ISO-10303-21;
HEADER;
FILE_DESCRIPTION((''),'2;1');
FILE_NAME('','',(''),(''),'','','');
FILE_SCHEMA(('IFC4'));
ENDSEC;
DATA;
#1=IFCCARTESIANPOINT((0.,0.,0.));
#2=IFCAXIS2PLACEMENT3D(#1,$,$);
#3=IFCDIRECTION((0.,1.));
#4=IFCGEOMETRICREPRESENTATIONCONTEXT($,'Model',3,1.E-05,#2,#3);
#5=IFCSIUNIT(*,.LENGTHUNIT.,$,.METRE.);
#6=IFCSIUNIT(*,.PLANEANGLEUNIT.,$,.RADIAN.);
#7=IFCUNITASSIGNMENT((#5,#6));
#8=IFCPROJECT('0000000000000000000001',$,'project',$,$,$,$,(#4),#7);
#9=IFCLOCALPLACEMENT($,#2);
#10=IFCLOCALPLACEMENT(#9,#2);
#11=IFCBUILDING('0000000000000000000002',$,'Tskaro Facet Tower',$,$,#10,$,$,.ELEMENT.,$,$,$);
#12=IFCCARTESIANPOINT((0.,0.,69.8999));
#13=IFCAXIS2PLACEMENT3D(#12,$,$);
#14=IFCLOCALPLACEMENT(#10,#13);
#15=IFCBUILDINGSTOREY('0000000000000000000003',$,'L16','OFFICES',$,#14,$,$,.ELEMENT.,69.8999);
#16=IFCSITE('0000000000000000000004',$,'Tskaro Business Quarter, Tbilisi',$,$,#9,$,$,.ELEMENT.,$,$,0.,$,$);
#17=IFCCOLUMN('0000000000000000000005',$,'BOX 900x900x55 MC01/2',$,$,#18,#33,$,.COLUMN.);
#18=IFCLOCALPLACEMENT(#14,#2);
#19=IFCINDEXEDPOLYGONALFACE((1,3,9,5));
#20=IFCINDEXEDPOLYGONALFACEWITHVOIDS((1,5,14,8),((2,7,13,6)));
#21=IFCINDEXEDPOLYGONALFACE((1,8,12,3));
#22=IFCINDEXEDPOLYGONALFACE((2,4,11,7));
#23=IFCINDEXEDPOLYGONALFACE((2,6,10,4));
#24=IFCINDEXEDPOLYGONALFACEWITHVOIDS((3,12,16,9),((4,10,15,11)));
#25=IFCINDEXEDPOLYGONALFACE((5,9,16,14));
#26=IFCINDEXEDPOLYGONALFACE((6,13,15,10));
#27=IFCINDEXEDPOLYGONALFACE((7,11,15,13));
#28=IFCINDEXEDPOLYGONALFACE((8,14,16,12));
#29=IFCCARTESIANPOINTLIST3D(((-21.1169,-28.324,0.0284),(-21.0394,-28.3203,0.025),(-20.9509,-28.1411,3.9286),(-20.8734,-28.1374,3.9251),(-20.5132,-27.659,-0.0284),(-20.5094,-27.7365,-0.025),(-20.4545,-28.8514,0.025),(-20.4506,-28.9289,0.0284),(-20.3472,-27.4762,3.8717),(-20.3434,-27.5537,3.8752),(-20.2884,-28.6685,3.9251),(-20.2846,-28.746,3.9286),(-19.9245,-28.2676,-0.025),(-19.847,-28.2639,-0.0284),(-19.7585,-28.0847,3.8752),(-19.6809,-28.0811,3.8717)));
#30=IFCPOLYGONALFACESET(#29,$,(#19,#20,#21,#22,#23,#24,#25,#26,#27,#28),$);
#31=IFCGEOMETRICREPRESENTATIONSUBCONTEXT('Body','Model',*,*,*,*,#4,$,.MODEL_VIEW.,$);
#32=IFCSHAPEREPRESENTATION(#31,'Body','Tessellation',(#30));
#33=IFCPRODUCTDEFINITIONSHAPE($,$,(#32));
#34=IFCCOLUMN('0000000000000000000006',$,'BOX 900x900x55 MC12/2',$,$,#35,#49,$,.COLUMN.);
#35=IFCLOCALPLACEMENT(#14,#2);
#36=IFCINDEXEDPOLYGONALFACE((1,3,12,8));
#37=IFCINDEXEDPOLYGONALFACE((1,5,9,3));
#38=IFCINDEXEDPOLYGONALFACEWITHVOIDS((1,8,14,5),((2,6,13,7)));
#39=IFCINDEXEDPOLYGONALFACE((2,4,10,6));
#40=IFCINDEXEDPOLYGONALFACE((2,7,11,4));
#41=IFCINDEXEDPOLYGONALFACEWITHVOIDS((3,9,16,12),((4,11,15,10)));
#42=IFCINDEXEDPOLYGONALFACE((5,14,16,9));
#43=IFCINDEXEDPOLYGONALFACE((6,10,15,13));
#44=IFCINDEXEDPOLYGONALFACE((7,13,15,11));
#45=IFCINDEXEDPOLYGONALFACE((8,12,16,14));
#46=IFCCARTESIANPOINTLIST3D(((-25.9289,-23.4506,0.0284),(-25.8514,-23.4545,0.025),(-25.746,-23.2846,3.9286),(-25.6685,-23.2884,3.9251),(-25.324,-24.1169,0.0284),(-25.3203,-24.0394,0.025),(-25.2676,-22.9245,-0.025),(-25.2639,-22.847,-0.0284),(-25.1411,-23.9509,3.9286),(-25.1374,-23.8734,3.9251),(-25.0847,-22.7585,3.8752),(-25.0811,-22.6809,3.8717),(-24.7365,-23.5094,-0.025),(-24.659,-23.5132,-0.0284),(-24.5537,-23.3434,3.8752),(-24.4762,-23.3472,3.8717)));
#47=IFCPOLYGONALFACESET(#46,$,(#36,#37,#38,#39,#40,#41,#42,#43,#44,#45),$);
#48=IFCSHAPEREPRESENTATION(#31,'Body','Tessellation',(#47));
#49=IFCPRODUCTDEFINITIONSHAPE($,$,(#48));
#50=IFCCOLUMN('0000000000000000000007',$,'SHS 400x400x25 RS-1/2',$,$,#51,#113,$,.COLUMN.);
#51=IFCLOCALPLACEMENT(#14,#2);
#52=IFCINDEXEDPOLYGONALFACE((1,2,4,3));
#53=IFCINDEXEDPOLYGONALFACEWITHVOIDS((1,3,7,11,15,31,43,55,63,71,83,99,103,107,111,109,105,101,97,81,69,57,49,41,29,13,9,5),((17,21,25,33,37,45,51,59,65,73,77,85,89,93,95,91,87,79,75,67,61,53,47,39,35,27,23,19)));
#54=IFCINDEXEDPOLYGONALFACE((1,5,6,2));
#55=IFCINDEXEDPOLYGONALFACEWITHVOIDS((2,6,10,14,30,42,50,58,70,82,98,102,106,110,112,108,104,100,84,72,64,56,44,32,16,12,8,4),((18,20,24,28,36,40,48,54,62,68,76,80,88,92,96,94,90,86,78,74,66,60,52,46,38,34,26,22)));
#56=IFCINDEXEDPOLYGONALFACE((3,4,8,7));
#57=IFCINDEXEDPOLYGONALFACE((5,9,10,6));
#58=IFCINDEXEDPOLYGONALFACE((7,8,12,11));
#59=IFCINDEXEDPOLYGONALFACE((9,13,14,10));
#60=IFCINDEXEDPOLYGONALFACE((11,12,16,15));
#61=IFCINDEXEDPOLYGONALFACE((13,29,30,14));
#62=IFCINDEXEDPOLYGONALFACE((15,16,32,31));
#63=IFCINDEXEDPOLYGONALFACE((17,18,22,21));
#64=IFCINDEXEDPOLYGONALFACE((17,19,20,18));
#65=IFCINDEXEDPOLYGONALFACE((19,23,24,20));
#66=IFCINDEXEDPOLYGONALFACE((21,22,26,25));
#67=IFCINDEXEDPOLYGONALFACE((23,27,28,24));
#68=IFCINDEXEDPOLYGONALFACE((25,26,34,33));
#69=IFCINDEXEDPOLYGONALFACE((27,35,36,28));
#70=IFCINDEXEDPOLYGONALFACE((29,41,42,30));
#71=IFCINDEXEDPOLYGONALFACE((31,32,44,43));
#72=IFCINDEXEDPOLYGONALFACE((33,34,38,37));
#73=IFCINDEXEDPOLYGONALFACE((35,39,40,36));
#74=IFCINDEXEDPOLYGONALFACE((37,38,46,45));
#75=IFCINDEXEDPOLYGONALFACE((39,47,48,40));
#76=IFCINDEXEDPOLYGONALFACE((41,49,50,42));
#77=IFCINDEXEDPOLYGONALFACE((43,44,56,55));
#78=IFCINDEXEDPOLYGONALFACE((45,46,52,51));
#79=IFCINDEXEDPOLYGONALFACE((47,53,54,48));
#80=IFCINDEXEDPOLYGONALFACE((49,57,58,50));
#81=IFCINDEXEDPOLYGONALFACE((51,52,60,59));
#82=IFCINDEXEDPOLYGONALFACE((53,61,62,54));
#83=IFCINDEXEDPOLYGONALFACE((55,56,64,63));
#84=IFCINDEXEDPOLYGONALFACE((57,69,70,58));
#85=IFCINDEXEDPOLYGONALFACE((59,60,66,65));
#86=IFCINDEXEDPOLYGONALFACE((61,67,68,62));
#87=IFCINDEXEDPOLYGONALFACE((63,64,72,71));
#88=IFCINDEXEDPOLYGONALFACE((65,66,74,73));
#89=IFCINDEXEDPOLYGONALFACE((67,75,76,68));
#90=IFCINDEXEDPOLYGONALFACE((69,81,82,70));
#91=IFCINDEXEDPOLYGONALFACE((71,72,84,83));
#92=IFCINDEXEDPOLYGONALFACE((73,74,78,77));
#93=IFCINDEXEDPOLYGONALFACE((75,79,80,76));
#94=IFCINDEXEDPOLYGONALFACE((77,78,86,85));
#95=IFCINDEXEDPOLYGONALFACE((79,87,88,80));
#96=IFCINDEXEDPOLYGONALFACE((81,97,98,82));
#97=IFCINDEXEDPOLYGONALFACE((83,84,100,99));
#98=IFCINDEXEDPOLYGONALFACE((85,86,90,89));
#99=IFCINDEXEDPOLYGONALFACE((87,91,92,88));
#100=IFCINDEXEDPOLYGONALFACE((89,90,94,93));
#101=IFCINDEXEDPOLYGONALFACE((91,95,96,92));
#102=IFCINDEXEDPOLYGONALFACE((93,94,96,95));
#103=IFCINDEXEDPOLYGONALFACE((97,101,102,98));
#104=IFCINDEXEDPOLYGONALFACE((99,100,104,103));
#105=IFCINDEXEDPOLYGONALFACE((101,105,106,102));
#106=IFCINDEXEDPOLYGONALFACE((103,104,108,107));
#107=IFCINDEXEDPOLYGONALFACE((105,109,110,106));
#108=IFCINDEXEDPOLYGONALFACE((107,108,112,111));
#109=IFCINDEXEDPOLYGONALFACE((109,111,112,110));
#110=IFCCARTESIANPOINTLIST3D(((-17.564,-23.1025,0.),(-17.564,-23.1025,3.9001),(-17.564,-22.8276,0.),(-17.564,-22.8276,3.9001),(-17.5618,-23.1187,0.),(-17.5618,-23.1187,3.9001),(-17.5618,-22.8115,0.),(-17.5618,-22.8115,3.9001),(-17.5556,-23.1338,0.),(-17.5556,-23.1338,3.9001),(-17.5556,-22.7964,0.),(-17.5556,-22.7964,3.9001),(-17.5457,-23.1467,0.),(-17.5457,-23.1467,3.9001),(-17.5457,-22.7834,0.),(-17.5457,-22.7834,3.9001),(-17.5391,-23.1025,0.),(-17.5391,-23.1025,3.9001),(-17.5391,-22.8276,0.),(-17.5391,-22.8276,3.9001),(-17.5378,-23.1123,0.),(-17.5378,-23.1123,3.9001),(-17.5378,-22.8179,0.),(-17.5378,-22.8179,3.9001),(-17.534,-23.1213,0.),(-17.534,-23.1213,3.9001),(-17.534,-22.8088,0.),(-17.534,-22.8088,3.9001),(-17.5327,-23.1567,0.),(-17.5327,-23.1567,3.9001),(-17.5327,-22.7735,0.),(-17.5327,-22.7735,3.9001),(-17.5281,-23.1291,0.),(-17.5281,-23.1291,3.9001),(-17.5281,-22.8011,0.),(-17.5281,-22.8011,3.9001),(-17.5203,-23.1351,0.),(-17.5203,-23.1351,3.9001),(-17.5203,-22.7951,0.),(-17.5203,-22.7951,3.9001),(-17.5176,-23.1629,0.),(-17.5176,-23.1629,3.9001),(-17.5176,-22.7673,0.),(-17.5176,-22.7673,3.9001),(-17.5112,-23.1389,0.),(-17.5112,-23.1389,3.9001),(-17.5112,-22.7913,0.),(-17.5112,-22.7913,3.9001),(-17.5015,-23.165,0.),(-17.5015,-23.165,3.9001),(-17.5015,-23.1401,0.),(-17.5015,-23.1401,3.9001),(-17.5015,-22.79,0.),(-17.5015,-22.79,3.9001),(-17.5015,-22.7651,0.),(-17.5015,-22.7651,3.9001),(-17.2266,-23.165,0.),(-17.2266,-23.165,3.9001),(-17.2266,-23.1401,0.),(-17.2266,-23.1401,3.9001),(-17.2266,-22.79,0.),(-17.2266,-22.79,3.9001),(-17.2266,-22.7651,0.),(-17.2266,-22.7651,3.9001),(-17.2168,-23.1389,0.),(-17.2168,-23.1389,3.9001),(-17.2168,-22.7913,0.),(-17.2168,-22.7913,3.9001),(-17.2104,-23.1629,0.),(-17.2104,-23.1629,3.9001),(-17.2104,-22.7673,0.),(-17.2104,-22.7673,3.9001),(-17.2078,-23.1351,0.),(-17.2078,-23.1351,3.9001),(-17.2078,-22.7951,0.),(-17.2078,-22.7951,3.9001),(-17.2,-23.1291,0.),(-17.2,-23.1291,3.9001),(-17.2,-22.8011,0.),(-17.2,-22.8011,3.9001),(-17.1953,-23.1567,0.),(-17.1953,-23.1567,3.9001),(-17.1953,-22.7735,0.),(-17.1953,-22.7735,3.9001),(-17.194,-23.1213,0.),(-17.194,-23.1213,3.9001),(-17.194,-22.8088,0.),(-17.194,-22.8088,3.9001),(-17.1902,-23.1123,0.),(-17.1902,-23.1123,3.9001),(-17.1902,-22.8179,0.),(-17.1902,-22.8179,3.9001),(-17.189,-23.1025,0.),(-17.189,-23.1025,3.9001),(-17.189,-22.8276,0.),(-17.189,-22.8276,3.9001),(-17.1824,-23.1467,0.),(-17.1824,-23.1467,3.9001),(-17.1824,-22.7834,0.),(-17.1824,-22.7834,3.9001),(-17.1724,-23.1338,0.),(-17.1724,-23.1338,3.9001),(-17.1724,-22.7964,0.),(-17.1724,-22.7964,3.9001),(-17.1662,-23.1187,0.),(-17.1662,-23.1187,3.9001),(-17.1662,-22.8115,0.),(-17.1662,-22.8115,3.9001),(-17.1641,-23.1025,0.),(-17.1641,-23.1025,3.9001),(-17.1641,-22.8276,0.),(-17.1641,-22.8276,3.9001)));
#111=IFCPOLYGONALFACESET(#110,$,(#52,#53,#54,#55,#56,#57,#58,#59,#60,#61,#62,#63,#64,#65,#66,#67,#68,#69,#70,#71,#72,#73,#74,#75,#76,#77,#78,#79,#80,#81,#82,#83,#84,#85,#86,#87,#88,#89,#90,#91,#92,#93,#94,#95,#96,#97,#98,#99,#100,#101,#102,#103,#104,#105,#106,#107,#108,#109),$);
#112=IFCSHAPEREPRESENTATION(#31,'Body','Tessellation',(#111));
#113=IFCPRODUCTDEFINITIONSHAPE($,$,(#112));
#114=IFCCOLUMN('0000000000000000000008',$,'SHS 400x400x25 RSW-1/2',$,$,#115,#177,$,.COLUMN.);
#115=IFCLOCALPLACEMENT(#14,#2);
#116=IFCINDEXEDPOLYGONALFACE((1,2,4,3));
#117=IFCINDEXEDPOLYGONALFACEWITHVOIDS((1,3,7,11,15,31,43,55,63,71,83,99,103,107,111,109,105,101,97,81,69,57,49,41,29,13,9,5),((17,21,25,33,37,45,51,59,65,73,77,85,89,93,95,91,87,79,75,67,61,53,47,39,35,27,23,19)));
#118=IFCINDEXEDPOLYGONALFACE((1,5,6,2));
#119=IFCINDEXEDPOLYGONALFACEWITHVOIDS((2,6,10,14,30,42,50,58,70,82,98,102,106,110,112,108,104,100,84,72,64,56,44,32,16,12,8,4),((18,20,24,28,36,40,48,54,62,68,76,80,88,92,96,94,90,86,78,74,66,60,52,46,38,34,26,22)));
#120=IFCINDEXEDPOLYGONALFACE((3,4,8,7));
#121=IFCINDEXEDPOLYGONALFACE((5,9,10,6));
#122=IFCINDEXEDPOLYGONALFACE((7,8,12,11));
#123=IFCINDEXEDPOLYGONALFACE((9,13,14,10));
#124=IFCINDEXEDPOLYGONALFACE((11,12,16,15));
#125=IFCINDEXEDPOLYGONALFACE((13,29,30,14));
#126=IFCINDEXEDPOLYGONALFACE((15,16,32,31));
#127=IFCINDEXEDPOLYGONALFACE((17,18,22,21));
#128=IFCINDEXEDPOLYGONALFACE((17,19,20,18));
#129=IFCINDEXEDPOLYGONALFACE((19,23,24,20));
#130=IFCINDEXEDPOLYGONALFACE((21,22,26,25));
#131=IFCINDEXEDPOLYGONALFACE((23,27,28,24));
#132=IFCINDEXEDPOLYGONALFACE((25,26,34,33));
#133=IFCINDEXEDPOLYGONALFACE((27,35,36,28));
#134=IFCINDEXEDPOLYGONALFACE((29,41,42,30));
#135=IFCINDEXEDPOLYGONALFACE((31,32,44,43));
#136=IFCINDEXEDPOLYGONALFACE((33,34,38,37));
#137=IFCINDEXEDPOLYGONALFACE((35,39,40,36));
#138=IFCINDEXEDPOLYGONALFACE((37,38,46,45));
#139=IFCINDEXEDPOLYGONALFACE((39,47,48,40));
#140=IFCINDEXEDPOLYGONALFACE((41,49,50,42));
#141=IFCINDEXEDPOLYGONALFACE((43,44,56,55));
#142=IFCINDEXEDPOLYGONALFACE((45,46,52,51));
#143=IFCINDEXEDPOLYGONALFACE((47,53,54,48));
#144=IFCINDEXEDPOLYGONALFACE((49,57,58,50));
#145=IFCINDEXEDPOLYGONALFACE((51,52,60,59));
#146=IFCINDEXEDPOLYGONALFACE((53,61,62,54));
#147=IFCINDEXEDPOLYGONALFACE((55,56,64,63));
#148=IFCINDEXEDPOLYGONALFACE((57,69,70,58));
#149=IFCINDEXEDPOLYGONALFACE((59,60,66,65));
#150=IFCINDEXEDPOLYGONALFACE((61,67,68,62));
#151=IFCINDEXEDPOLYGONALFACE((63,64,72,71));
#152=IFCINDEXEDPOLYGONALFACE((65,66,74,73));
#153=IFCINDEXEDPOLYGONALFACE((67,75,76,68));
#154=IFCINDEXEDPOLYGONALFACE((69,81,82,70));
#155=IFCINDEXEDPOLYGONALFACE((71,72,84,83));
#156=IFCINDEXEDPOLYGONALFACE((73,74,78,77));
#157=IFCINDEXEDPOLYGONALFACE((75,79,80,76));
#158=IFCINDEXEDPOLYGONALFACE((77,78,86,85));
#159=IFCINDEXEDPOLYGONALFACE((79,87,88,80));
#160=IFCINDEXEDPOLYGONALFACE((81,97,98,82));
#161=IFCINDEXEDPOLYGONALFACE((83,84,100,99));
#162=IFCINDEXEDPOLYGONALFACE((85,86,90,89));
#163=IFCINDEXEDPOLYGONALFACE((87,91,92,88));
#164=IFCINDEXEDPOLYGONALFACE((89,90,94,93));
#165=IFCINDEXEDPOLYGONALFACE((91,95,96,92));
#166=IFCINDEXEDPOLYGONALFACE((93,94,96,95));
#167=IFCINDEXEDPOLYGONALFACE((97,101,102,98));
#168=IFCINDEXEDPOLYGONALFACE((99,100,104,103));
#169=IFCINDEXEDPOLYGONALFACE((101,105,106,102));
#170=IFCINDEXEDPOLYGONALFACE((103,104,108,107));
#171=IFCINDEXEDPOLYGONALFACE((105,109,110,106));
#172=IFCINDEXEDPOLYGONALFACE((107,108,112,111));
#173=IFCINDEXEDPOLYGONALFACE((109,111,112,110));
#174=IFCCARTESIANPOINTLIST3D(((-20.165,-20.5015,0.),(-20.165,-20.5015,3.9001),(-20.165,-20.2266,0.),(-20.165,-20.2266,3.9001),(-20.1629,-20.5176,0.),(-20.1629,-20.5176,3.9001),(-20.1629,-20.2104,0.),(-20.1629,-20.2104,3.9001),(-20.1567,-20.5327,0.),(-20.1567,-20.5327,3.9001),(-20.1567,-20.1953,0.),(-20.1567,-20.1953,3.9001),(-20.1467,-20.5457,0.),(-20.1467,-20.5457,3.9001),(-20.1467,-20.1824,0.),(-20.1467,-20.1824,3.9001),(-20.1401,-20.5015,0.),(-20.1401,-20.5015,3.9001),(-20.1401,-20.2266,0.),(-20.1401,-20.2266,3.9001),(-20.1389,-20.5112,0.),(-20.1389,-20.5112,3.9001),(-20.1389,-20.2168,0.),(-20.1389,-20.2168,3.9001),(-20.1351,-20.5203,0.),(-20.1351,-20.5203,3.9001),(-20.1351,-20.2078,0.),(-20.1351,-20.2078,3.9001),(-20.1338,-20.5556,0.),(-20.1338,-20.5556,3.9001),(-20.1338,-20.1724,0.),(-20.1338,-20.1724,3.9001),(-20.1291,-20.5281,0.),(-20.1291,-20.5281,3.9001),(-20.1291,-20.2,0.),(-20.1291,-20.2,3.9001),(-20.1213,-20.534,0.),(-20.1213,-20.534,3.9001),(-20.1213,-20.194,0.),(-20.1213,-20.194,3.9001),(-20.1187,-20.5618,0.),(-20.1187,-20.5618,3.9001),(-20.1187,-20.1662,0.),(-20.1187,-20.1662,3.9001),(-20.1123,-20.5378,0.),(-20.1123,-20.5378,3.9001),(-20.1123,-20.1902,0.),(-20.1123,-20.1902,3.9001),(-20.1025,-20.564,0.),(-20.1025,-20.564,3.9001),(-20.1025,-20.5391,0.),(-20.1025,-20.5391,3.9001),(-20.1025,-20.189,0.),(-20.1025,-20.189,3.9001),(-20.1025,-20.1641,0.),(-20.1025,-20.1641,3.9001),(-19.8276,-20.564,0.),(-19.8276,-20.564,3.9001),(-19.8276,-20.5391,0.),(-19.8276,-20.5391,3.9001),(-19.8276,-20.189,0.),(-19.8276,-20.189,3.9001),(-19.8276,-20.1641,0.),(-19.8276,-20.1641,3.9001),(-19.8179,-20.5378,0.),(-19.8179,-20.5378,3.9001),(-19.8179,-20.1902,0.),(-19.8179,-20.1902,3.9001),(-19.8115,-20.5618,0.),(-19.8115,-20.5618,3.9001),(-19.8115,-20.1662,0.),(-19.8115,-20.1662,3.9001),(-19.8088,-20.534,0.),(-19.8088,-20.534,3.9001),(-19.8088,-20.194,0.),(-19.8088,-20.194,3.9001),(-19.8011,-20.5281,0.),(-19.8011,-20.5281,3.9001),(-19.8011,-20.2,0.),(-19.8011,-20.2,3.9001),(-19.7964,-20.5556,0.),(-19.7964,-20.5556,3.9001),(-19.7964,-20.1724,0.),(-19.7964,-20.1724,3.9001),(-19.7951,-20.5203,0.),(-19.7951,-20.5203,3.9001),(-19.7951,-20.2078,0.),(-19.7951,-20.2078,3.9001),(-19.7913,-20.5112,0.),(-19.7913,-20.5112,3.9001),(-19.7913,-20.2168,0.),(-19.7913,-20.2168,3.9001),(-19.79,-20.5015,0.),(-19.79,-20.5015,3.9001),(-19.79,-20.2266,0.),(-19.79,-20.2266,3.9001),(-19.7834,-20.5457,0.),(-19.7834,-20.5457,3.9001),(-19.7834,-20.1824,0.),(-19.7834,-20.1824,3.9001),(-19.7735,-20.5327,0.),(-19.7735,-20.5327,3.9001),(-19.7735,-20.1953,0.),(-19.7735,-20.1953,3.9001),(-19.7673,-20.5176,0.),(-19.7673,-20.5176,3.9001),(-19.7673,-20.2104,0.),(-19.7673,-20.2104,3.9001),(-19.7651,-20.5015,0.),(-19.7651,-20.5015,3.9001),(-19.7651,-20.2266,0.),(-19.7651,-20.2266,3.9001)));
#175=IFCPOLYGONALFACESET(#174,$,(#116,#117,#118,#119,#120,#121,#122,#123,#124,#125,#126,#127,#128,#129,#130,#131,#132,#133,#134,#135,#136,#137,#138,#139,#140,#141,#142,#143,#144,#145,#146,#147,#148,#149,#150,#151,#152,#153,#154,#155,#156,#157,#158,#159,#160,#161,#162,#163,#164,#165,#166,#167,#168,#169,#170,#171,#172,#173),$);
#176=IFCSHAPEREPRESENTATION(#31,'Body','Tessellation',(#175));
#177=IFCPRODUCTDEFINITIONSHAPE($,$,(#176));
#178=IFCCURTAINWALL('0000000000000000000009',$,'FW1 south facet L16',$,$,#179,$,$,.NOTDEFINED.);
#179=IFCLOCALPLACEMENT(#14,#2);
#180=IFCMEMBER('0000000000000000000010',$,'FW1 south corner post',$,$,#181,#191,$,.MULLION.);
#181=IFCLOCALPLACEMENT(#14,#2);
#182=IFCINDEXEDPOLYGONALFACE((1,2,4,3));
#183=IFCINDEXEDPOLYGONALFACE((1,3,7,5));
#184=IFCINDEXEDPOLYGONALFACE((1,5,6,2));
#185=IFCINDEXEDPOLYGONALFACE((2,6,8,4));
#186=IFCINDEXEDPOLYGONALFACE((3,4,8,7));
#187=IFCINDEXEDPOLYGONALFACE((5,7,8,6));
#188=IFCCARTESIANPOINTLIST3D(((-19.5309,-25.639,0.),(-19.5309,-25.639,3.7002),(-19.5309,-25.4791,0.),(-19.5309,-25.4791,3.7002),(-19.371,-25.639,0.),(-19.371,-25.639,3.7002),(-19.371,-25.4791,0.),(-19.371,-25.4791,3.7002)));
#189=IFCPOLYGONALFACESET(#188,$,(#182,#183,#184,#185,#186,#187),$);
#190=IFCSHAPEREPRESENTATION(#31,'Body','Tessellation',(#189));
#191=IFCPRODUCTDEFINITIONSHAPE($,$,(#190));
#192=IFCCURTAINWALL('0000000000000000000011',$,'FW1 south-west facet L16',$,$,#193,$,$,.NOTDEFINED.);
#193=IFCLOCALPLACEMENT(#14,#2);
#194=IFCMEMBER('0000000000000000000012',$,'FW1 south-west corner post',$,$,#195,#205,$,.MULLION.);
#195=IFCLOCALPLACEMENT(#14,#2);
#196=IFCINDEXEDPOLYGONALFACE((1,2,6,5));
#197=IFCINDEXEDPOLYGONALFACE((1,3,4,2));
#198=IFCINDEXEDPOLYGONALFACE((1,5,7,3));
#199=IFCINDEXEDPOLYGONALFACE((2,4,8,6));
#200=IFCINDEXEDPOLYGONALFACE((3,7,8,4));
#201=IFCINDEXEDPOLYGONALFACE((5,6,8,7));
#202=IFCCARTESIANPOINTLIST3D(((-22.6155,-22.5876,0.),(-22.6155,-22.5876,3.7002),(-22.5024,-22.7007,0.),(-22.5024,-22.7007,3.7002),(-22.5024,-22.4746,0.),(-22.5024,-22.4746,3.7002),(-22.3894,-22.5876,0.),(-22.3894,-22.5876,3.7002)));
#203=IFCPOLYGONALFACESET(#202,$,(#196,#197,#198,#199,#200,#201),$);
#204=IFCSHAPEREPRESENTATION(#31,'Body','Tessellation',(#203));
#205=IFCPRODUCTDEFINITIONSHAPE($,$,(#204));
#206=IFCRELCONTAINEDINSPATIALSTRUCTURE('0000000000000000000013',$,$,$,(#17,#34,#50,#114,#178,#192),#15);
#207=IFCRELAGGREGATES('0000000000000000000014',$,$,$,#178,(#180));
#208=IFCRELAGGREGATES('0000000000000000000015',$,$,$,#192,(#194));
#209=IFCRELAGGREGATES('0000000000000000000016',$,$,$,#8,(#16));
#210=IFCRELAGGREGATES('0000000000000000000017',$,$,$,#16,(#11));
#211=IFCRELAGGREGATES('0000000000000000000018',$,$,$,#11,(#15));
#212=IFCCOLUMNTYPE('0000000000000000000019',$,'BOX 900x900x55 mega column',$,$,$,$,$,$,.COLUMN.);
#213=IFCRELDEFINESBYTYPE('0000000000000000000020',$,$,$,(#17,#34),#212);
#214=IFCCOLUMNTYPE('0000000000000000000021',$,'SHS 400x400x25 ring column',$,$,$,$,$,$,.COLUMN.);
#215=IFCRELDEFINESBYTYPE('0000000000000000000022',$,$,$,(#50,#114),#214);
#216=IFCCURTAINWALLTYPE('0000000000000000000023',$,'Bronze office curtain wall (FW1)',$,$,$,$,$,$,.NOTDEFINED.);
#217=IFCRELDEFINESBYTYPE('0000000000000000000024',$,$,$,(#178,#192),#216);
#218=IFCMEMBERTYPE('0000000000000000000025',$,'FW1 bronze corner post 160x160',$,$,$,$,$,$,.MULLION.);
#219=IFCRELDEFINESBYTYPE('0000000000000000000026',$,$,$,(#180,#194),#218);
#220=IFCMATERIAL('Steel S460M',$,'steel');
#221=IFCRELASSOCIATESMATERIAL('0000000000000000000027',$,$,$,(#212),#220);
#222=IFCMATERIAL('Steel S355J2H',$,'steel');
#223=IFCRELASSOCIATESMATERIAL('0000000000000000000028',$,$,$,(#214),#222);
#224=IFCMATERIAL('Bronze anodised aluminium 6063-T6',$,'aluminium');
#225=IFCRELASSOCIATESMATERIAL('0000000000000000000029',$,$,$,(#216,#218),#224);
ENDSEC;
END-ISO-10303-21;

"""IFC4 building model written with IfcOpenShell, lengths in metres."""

from ifc_helpers import new_model, si_unit, direction, frame, origin, origin_2d, place, context, subcontext, project, spatial, rectangle, hollow_rectangle, extrude, material, material_profile, profile_set, type_object, element, aggregate, save


model = new_model("IFC4")

# Units and contexts
model_context = context("Model", 3, precision=1e-05, world=origin(), true_north=direction((0.0, 1.0)))
body_context = subcontext(model_context, "Body", "Model", "MODEL_VIEW")
ifc_project = project(units=[si_unit("LENGTHUNIT", "METRE"), si_unit("PLANEANGLEUNIT", "RADIAN")], contexts=[model_context])

# Site, building, storey
site_placement = place(None, origin())
site = spatial("IfcSite", under=ifc_project, at=site_placement, Name="Tskaro Business Quarter, Tbilisi", CompositionType="ELEMENT", RefElevation=0.0)
building_placement = place(site_placement, origin())
building = spatial("IfcBuilding", under=site, at=building_placement, Name="Tskaro Facet Tower", CompositionType="ELEMENT")
storey_placement = place(building_placement, frame((0.0, 0.0, 69.8999)))
storey = spatial("IfcBuildingStorey", under=building, at=storey_placement, Name="L16", Description="OFFICES", CompositionType="ELEMENT", Elevation=69.8999)

# Columns
ifc_material_1 = material(Name="Steel S460M", Category="steel")
ifc_material_profile_1 = material_profile(ifc_material_1, hollow_rectangle(XDim=0.8999, YDim=0.8999, WallThickness=0.0549, at=origin_2d()), Name="BOX 900x900x55")
ifc_profile_set_1 = profile_set([ifc_material_profile_1], Name="Steel S460M")
column_type_1 = type_object("IfcColumnType", Name="BOX 900x900x55 mega column", PredefinedType="COLUMN", material=ifc_profile_set_1)
for number, where, z_axis, x_axis, name in (
    (1, (-20.4819, -28.2939, 0.0), (0.042481, 0.046792, 0.998001), (-0.740387, 0.672181, 0.0), "BOX 900x900x55 MC01/2"),
    (2, (-25.2939, -23.4819, 0.0), (0.046792, 0.042481, 0.998001), (-0.672181, 0.740387, 0.0), "BOX 900x900x55 MC12/2"),
):
    element("IfcColumn", number, at=place(storey_placement, frame(where, z_axis=z_axis, x_axis=x_axis)), inside=storey, type_object=column_type_1, Name=name, PredefinedType="COLUMN", context=body_context, shape_type="SweptSolid", body=[
        extrude(hollow_rectangle(XDim=0.8999, YDim=0.8999, WallThickness=0.0549, at=origin_2d()), origin(), (0.0, 0.0, 1.0), 3.908),
    ])
ifc_material_2 = material(Name="Steel S355J2H", Category="steel")
ifc_material_profile_2 = material_profile(ifc_material_2, hollow_rectangle(XDim=0.3999, YDim=0.3999, WallThickness=0.0249, InnerFilletRadius=0.0376, OuterFilletRadius=0.0625, at=origin_2d()), Name="SHS 400x400x25")
ifc_profile_set_2 = profile_set([ifc_material_profile_2], Name="Steel S355J2H")
column_type_2 = type_object("IfcColumnType", Name="SHS 400x400x25 ring column", PredefinedType="COLUMN", material=ifc_profile_set_2)
for number, where, z_axis, x_axis, name in (
    (3, (-17.364, -22.9651, 0.0), (0.0, 0.0, 1.0), (1.0, 0.0, 0.0), "SHS 400x400x25 RS-1/2"),
    (4, (-19.9651, -20.364, 0.0), (0.0, 0.0, 1.0), (1.0, 0.0, 0.0), "SHS 400x400x25 RSW-1/2"),
):
    element("IfcColumn", number, at=place(storey_placement, frame(where, z_axis=z_axis, x_axis=x_axis)), inside=storey, type_object=column_type_2, Name=name, PredefinedType="COLUMN", context=body_context, shape_type="SweptSolid", body=[
        extrude(hollow_rectangle(XDim=0.3999, YDim=0.3999, WallThickness=0.0249, InnerFilletRadius=0.0376, OuterFilletRadius=0.0625, at=origin_2d()), origin(), (0.0, 0.0, 1.0), 3.9001),
    ])

# Curtain walls, members
ifc_material_3 = material(Name="Bronze anodised aluminium 6063-T6", Category="aluminium")
curtain_wall_type = type_object("IfcCurtainWallType", Name="Bronze office curtain wall (FW1)", PredefinedType="NOTDEFINED", material=ifc_material_3)
curtain_wall_1_placement = place(storey_placement, origin())
curtain_wall_1 = element("IfcCurtainWall", 5, at=curtain_wall_1_placement, inside=storey, type_object=curtain_wall_type, Name="FW1 south facet L16", PredefinedType="NOTDEFINED")
ifc_material_profile_3 = material_profile(ifc_material_3, rectangle(XDim=0.1599, YDim=0.1599, at=origin_2d()), Name="Corner post 160x160")
ifc_profile_set_3 = profile_set([ifc_material_profile_3], Name="Bronze anodised aluminium 6063-T6")
member_type_1 = type_object("IfcMemberType", Name="FW1 bronze corner post 160x160", PredefinedType="MULLION", material=ifc_profile_set_3)
member_1_placement = place(storey_placement, frame((-19.4509, -25.5591, 0.0), z_axis=(0.0, 0.0, 1.0), x_axis=(1.0, 0.0, 0.0)))
member_1 = element("IfcMember", 6, at=member_1_placement, type_object=member_type_1, Name="FW1 south corner post", PredefinedType="MULLION", context=body_context, shape_type="SweptSolid", body=[
    extrude(rectangle(XDim=0.1599, YDim=0.1599, at=origin_2d()), origin(), (0.0, 0.0, 1.0), 3.7002),
])
curtain_wall_2_placement = place(storey_placement, origin())
curtain_wall_2 = element("IfcCurtainWall", 7, at=curtain_wall_2_placement, inside=storey, type_object=curtain_wall_type, Name="FW1 south-west facet L16", PredefinedType="NOTDEFINED")
member_2_placement = place(storey_placement, frame((-22.5024, -22.5876, 0.0), z_axis=(0.0, 0.0, 1.0), x_axis=(0.707107, -0.707107, 0.0)))
member_2 = element("IfcMember", 8, at=member_2_placement, type_object=member_type_1, Name="FW1 south-west corner post", PredefinedType="MULLION", context=body_context, shape_type="SweptSolid", body=[
    extrude(rectangle(XDim=0.1599, YDim=0.1599, at=origin_2d()), origin(), (0.0, 0.0, 1.0), 3.7002),
])

aggregate(curtain_wall_1, [member_1])
aggregate(curtain_wall_2, [member_2])

save(model, "model.ifc")
